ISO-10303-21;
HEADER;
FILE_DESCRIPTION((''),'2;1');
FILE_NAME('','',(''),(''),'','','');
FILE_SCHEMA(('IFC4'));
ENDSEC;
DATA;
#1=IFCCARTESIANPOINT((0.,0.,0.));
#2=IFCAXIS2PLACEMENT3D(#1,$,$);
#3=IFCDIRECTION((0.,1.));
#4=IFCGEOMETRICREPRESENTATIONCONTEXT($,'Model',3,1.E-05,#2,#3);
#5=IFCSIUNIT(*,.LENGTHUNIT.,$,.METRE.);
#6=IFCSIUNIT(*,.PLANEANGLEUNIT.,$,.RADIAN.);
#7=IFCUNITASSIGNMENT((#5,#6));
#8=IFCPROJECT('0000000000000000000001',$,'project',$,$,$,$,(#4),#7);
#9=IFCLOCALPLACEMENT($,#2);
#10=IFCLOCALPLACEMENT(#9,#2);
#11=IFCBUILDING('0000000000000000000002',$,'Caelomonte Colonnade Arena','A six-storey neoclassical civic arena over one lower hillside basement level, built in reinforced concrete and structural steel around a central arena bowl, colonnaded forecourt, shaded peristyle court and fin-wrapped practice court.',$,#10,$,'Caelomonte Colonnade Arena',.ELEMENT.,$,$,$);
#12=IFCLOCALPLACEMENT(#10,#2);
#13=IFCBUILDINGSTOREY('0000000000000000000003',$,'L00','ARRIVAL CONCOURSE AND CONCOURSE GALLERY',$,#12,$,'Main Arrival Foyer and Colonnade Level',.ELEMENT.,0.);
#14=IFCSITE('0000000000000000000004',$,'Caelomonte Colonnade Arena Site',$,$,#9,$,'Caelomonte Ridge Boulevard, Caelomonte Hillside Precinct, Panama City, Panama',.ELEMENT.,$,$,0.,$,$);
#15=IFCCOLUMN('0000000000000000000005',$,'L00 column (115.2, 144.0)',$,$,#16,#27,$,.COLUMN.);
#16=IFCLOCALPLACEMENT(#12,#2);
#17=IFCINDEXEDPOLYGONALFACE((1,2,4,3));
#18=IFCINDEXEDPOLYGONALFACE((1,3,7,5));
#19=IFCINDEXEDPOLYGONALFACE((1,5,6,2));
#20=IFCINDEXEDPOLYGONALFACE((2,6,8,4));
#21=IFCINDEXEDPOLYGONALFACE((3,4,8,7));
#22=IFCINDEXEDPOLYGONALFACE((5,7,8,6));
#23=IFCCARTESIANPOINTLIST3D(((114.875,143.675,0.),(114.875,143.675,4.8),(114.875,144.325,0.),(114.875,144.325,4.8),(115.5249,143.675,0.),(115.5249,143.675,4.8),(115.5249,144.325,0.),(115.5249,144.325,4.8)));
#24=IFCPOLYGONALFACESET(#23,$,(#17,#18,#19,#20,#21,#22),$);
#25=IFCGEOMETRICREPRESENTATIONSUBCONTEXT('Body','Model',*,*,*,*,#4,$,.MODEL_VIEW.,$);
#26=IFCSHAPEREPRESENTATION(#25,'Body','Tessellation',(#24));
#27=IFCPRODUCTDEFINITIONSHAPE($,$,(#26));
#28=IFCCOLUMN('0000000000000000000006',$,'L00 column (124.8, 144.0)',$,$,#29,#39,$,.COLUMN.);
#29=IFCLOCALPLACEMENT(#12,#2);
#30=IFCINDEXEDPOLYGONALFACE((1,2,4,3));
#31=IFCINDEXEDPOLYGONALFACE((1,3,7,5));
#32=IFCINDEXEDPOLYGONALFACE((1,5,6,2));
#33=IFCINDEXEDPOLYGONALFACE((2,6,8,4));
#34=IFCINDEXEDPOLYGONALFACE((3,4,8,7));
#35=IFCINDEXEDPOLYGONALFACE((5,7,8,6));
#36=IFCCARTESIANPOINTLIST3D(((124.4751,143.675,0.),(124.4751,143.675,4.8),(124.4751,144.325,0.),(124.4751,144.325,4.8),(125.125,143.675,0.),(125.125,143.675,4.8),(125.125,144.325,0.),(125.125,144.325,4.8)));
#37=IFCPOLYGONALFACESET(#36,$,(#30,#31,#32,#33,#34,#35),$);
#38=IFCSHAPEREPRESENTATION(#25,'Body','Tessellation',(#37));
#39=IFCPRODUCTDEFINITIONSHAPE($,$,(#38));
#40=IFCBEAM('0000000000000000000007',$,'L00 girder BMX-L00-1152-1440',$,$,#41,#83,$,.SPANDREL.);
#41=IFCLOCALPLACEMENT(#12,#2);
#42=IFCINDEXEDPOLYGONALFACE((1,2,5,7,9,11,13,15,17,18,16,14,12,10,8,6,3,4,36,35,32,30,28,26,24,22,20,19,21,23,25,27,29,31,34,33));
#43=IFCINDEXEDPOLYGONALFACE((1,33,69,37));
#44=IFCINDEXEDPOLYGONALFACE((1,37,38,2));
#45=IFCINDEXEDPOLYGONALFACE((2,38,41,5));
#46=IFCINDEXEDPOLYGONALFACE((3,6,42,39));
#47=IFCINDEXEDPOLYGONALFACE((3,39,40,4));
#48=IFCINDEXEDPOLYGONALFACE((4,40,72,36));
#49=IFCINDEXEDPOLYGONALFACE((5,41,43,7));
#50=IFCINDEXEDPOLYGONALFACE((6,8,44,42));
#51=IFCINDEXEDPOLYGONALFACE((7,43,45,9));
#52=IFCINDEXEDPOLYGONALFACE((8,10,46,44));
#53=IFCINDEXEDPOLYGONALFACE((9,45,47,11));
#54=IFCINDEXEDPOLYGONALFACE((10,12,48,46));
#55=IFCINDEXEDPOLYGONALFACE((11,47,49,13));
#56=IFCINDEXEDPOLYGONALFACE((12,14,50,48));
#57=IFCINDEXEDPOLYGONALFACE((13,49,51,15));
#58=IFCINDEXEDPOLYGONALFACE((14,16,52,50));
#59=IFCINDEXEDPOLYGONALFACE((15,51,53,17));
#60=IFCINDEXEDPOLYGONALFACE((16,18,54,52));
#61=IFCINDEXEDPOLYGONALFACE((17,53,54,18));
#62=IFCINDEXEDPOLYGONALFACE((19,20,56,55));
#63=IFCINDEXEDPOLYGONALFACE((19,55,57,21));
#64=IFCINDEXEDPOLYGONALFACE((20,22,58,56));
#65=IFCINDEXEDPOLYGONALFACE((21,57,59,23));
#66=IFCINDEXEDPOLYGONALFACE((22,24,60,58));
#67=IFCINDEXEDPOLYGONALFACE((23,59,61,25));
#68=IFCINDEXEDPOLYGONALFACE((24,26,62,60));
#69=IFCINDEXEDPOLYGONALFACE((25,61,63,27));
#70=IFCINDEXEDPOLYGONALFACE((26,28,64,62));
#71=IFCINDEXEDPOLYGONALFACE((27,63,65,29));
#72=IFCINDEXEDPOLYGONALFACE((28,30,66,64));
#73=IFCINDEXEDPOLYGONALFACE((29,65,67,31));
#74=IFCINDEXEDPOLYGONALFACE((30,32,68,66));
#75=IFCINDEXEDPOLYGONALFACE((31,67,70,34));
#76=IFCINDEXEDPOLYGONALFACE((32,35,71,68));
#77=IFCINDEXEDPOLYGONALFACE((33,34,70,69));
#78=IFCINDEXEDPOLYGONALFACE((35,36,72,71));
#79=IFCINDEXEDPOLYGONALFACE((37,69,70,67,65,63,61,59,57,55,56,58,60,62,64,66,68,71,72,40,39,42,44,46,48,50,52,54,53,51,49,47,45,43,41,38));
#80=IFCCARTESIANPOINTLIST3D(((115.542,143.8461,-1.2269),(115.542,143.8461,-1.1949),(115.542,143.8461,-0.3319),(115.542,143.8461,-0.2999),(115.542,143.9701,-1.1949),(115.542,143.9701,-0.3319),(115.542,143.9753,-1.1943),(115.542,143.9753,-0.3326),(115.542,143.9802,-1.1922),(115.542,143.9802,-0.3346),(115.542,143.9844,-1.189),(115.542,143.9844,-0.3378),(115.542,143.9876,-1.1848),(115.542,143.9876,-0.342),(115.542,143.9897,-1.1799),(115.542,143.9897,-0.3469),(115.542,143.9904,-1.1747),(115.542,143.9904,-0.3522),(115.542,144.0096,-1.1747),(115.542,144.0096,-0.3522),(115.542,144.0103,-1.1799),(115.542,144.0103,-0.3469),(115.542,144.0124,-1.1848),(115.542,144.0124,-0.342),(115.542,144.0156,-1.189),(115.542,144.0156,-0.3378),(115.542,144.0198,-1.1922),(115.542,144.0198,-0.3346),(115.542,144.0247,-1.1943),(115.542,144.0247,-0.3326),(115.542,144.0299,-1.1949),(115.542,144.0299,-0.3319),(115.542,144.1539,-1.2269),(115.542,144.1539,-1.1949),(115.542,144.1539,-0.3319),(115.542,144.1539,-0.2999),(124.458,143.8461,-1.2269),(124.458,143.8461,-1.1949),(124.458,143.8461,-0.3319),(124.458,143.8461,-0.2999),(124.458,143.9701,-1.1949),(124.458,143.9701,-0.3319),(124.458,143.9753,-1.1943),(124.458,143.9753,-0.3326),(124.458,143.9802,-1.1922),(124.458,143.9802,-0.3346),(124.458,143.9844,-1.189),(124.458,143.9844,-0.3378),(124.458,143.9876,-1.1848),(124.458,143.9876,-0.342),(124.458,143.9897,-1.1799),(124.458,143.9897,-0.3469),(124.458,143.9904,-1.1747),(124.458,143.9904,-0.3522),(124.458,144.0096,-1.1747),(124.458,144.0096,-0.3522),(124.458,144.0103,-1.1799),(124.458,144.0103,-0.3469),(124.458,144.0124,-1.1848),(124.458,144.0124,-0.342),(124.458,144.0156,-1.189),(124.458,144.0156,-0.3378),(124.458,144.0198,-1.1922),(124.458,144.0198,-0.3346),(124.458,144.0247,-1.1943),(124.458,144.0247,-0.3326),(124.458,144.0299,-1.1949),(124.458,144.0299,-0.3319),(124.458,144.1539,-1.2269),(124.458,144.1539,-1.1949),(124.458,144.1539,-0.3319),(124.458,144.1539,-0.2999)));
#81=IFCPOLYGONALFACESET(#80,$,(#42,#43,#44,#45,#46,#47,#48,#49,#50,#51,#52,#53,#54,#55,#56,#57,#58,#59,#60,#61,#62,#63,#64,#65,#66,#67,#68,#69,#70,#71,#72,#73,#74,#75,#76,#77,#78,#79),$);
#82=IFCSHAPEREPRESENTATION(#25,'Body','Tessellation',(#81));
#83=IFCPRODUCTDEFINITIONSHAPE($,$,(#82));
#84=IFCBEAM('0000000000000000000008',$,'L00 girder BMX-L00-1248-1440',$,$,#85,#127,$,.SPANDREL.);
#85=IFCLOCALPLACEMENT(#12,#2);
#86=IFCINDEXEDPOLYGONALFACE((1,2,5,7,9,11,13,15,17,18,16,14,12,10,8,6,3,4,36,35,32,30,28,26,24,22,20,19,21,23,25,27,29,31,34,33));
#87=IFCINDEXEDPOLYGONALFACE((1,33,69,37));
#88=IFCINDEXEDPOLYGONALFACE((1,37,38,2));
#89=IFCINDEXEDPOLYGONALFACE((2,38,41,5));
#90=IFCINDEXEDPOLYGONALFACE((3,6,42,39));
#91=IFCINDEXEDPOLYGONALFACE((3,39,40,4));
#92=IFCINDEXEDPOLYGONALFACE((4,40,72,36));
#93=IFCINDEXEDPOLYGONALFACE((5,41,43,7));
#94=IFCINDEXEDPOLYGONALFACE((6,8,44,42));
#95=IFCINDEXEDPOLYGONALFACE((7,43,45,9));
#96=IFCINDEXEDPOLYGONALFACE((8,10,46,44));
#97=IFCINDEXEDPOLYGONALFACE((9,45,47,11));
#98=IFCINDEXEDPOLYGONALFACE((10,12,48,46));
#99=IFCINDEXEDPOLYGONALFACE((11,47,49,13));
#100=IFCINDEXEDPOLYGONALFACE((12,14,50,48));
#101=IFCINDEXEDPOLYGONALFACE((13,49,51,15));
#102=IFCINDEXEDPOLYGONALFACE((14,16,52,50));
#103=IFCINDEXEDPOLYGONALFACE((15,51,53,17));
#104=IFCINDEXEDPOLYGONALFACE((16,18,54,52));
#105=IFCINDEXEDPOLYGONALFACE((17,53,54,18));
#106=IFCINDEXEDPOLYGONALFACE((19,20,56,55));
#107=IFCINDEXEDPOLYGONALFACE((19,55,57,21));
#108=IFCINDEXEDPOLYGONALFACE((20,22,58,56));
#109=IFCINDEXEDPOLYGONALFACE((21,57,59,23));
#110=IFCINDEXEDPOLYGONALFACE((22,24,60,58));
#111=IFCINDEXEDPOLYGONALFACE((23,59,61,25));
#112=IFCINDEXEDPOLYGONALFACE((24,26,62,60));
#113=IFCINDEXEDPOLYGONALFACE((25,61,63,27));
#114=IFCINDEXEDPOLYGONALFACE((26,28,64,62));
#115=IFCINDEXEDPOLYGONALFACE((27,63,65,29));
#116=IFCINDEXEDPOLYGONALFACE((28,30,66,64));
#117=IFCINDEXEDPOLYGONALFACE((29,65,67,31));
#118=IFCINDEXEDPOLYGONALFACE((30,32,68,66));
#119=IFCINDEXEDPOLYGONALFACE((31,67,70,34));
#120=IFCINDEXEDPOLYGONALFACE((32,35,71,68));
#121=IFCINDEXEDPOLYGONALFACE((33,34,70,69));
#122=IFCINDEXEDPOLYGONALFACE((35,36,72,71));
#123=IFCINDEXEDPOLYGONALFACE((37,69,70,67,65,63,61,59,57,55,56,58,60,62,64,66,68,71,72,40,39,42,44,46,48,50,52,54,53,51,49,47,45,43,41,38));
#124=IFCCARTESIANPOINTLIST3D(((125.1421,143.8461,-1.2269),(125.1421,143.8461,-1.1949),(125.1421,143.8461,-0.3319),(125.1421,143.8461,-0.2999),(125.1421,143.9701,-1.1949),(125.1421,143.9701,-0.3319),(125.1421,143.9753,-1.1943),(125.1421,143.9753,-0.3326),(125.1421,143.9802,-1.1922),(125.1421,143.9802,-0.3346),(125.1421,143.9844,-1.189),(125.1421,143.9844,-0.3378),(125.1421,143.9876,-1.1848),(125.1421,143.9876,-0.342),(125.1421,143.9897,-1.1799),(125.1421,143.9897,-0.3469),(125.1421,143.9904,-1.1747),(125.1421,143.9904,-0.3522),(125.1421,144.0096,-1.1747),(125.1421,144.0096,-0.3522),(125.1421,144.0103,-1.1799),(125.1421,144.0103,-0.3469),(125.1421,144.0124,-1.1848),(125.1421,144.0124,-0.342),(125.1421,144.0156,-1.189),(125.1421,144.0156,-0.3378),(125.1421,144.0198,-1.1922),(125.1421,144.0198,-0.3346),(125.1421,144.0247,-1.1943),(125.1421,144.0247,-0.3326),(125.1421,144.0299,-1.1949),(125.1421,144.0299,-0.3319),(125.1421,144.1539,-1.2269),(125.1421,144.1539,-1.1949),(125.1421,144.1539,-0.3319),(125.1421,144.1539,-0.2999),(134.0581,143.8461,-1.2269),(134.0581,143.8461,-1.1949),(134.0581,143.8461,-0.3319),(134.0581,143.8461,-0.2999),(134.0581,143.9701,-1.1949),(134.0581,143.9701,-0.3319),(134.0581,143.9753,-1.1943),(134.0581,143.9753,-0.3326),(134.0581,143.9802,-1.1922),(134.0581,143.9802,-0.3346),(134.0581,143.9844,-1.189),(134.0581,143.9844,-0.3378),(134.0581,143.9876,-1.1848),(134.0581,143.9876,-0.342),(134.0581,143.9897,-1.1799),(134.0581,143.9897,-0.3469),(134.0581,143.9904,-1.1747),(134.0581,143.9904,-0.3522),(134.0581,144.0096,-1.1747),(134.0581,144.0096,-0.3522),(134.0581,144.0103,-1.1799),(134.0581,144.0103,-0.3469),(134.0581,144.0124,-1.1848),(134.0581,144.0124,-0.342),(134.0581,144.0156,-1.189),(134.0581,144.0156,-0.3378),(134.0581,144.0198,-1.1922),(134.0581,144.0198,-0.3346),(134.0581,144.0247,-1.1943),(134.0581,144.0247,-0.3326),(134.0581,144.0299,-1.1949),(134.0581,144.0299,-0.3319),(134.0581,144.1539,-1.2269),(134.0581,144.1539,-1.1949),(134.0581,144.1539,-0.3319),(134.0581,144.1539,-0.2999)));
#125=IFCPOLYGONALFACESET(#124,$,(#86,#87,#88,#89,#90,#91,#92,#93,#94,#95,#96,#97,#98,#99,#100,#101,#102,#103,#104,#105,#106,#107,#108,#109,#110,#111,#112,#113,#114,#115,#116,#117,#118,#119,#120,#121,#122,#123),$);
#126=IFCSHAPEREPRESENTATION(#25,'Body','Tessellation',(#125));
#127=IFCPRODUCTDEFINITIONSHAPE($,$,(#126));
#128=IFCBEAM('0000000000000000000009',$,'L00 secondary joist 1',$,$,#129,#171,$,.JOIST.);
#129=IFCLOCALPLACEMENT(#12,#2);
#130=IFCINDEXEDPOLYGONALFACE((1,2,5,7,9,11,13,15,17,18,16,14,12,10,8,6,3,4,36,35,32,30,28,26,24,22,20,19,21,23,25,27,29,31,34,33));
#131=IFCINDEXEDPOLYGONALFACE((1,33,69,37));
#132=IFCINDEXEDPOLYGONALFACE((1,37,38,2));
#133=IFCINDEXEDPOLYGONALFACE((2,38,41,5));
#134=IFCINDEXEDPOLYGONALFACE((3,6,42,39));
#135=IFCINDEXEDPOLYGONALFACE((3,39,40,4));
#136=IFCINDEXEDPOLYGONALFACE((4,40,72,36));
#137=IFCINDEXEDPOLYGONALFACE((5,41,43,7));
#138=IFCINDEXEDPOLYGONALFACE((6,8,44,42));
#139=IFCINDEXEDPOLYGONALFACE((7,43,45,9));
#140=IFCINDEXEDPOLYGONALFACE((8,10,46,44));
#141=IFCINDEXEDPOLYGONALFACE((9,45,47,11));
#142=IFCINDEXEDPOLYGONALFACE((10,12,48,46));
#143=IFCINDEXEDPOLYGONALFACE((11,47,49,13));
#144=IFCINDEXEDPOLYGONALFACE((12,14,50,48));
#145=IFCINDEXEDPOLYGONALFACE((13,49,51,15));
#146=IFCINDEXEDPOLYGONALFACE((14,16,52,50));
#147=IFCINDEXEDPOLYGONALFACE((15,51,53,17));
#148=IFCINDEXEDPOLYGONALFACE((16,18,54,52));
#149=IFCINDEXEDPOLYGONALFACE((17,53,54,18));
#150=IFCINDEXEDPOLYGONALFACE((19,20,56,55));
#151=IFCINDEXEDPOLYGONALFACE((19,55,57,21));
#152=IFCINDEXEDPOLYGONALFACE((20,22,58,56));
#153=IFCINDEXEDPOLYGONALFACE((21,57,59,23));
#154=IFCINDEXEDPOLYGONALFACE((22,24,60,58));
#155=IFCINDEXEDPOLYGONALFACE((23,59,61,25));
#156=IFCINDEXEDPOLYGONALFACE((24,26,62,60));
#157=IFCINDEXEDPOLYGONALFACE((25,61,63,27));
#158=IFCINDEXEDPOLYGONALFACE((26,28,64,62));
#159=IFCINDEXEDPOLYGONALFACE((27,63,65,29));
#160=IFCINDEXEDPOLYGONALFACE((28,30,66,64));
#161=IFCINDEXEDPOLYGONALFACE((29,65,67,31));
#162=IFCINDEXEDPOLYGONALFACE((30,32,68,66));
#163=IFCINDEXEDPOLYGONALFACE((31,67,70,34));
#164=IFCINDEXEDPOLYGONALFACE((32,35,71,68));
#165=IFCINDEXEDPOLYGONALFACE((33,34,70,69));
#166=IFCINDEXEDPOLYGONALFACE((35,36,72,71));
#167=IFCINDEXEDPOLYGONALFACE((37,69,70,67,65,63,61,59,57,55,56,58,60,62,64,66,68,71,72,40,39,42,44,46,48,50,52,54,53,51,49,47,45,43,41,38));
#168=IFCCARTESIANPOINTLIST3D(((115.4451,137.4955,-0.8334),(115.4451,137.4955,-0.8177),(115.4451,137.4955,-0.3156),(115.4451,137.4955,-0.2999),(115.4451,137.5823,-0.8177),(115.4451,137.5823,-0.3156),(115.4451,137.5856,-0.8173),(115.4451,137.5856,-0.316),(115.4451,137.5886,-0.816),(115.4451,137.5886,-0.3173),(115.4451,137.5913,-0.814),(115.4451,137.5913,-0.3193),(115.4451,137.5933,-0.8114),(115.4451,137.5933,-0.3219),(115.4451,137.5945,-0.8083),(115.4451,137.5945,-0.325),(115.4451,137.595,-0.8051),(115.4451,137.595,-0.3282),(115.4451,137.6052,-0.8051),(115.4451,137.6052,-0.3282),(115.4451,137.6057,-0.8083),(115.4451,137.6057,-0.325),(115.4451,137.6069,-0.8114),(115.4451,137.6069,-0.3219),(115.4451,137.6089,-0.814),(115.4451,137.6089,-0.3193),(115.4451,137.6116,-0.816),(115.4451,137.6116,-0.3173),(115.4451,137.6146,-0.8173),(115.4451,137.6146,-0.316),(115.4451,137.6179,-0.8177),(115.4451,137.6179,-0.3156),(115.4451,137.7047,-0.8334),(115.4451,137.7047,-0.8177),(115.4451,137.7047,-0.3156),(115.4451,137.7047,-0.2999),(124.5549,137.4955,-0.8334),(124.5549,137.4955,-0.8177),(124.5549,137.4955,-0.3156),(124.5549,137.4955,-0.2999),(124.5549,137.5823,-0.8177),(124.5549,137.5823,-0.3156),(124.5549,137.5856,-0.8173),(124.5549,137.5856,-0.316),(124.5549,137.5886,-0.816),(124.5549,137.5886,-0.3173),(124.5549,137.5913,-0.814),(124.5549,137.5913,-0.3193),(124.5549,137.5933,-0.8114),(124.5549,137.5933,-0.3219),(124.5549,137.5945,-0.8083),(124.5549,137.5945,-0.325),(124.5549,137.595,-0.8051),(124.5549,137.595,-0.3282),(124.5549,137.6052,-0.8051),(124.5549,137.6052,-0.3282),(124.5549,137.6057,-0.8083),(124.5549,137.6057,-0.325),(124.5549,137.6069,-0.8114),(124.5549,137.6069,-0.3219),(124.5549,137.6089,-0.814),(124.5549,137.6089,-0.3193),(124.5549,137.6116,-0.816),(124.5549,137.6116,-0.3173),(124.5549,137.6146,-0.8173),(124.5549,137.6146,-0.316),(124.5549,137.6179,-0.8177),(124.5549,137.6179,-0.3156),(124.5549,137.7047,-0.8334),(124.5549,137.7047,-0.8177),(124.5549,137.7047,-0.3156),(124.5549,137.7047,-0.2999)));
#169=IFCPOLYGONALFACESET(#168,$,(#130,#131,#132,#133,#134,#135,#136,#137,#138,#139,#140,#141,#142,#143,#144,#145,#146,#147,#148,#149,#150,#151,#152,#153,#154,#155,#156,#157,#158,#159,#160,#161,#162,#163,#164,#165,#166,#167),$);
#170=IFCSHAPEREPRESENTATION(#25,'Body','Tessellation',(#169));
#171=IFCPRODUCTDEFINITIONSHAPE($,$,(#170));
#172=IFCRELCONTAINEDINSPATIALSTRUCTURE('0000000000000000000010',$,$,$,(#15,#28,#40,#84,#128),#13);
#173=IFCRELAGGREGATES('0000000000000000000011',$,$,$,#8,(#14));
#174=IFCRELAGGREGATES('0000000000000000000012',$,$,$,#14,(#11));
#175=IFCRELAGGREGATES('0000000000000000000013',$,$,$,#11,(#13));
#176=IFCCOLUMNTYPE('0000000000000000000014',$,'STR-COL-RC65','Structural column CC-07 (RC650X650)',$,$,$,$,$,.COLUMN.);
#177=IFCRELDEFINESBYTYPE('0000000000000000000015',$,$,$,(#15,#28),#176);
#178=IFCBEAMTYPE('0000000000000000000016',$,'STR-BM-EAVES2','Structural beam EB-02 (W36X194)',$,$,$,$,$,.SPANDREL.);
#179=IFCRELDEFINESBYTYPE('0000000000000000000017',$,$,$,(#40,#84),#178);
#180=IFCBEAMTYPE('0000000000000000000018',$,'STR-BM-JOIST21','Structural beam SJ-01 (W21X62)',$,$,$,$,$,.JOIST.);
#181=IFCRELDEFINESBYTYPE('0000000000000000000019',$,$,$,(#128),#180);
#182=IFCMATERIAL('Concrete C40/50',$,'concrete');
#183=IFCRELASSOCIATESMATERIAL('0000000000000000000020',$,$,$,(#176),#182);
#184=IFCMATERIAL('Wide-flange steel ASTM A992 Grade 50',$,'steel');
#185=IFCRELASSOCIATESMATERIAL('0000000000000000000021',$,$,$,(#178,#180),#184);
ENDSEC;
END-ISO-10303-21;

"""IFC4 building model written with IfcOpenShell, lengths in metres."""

from ifc_helpers import new_model, si_unit, direction, frame, origin, origin_2d, place, context, subcontext, project, spatial, rectangle, i_section, extrude, material, material_profile, profile_set, type_object, element, save


model = new_model("IFC4")

# Units and contexts
model_context = context("Model", 3, precision=1e-05, world=origin(), true_north=direction((0.0, 1.0)))
body_context = subcontext(model_context, "Body", "Model", "MODEL_VIEW")
ifc_project = project(units=[si_unit("LENGTHUNIT", "METRE"), si_unit("PLANEANGLEUNIT", "RADIAN")], contexts=[model_context])

# Site, building, storey
site_placement = place(None, origin())
site = spatial("IfcSite", under=ifc_project, at=site_placement, Name="Caelomonte Colonnade Arena Site", LongName="Caelomonte Ridge Boulevard, Caelomonte Hillside Precinct, Panama City, Panama", CompositionType="ELEMENT", RefElevation=0.0)
building_placement = place(site_placement, origin())
building = spatial("IfcBuilding", under=site, at=building_placement, Name="Caelomonte Colonnade Arena", Description="A six-storey neoclassical civic arena over one lower hillside basement level, built in reinforced concrete and structural steel around a central arena bowl, colonnaded forecourt, shaded peristyle court and fin-wrapped practice court.", LongName="Caelomonte Colonnade Arena", CompositionType="ELEMENT")
storey_placement = place(building_placement, origin())
storey = spatial("IfcBuildingStorey", under=building, at=storey_placement, Name="L00", Description="ARRIVAL CONCOURSE AND CONCOURSE GALLERY", LongName="Main Arrival Foyer and Colonnade Level", CompositionType="ELEMENT", Elevation=0.0)

# Columns
ifc_material_1 = material(Name="Concrete C40/50", Category="concrete")
ifc_material_profile_1 = material_profile(ifc_material_1, rectangle(XDim=0.6499, YDim=0.6499, at=origin_2d()), Name="RC650X650")
ifc_profile_set_1 = profile_set([ifc_material_profile_1], Name="Concrete C40/50")
column_type = type_object("IfcColumnType", Name="STR-COL-RC65", Description="Structural column CC-07 (RC650X650)", PredefinedType="COLUMN", material=ifc_profile_set_1)
for number, where, z_axis, x_axis, name in (
    (1, (115.2, 144.0, 0.0), (0.0, 0.0, 1.0), (1.0, 0.0, 0.0), "L00 column (115.2, 144.0)"),
    (2, (124.8, 144.0, 0.0), (0.0, 0.0, 1.0), (1.0, 0.0, 0.0), "L00 column (124.8, 144.0)"),
):
    element("IfcColumn", number, at=place(storey_placement, frame(where, z_axis=z_axis, x_axis=x_axis)), inside=storey, type_object=column_type, Name=name, PredefinedType="COLUMN", context=body_context, shape_type="SweptSolid", body=[
        extrude(rectangle(XDim=0.6499, YDim=0.6499, at=origin_2d()), origin(), (0.0, 0.0, 1.0), 4.8),
    ])

# Beams
ifc_material_2 = material(Name="Wide-flange steel ASTM A992 Grade 50", Category="steel")
ifc_material_profile_2 = material_profile(ifc_material_2, i_section(OverallWidth=0.3079, OverallDepth=0.927, WebThickness=0.0193, FlangeThickness=0.032, FilletRadius=0.0203, at=origin_2d()), Name="W36X194")
ifc_profile_set_2 = profile_set([ifc_material_profile_2], Name="Wide-flange steel ASTM A992 Grade 50")
beam_type_1 = type_object("IfcBeamType", Name="STR-BM-EAVES2", Description="Structural beam EB-02 (W36X194)", PredefinedType="SPANDREL", material=ifc_profile_set_2)
for number, where, z_axis, x_axis, name in (
    (3, (115.542, 144.0, -0.7634), (1.0, 0.0, 0.0), (0.0, 1.0, 0.0), "L00 girder BMX-L00-1152-1440"),
    (4, (125.1421, 144.0, -0.7634), (1.0, 0.0, 0.0), (0.0, 1.0, 0.0), "L00 girder BMX-L00-1248-1440"),
):
    element("IfcBeam", number, at=place(storey_placement, frame(where, z_axis=z_axis, x_axis=x_axis)), inside=storey, type_object=beam_type_1, Name=name, PredefinedType="SPANDREL", context=body_context, shape_type="SweptSolid", body=[
        extrude(i_section(OverallWidth=0.3079, OverallDepth=0.927, WebThickness=0.0193, FlangeThickness=0.032, FilletRadius=0.0203, at=origin_2d()), origin(), (0.0, 0.0, 1.0), 8.916),
    ])
ifc_material_profile_3 = material_profile(ifc_material_2, i_section(OverallWidth=0.2092, OverallDepth=0.5334, WebThickness=0.0103, FlangeThickness=0.0156, FilletRadius=0.0127, at=origin_2d()), Name="W21X62")
ifc_profile_set_3 = profile_set([ifc_material_profile_3], Name="Wide-flange steel ASTM A992 Grade 50")
beam_type_2 = type_object("IfcBeamType", Name="STR-BM-JOIST21", Description="Structural beam SJ-01 (W21X62)", PredefinedType="JOIST", material=ifc_profile_set_3)
for number, where, z_axis, x_axis, name in (
    (5, (115.4451, 137.6001, -0.5667), (1.0, 0.0, 0.0), (0.0, 1.0, 0.0), "L00 secondary joist 1"),
):
    element("IfcBeam", number, at=place(storey_placement, frame(where, z_axis=z_axis, x_axis=x_axis)), inside=storey, type_object=beam_type_2, Name=name, PredefinedType="JOIST", context=body_context, shape_type="SweptSolid", body=[
        extrude(i_section(OverallWidth=0.2092, OverallDepth=0.5334, WebThickness=0.0103, FlangeThickness=0.0156, FilletRadius=0.0127, at=origin_2d()), origin(), (0.0, 0.0, 1.0), 9.1099),
    ])

save(model, "model.ifc")
